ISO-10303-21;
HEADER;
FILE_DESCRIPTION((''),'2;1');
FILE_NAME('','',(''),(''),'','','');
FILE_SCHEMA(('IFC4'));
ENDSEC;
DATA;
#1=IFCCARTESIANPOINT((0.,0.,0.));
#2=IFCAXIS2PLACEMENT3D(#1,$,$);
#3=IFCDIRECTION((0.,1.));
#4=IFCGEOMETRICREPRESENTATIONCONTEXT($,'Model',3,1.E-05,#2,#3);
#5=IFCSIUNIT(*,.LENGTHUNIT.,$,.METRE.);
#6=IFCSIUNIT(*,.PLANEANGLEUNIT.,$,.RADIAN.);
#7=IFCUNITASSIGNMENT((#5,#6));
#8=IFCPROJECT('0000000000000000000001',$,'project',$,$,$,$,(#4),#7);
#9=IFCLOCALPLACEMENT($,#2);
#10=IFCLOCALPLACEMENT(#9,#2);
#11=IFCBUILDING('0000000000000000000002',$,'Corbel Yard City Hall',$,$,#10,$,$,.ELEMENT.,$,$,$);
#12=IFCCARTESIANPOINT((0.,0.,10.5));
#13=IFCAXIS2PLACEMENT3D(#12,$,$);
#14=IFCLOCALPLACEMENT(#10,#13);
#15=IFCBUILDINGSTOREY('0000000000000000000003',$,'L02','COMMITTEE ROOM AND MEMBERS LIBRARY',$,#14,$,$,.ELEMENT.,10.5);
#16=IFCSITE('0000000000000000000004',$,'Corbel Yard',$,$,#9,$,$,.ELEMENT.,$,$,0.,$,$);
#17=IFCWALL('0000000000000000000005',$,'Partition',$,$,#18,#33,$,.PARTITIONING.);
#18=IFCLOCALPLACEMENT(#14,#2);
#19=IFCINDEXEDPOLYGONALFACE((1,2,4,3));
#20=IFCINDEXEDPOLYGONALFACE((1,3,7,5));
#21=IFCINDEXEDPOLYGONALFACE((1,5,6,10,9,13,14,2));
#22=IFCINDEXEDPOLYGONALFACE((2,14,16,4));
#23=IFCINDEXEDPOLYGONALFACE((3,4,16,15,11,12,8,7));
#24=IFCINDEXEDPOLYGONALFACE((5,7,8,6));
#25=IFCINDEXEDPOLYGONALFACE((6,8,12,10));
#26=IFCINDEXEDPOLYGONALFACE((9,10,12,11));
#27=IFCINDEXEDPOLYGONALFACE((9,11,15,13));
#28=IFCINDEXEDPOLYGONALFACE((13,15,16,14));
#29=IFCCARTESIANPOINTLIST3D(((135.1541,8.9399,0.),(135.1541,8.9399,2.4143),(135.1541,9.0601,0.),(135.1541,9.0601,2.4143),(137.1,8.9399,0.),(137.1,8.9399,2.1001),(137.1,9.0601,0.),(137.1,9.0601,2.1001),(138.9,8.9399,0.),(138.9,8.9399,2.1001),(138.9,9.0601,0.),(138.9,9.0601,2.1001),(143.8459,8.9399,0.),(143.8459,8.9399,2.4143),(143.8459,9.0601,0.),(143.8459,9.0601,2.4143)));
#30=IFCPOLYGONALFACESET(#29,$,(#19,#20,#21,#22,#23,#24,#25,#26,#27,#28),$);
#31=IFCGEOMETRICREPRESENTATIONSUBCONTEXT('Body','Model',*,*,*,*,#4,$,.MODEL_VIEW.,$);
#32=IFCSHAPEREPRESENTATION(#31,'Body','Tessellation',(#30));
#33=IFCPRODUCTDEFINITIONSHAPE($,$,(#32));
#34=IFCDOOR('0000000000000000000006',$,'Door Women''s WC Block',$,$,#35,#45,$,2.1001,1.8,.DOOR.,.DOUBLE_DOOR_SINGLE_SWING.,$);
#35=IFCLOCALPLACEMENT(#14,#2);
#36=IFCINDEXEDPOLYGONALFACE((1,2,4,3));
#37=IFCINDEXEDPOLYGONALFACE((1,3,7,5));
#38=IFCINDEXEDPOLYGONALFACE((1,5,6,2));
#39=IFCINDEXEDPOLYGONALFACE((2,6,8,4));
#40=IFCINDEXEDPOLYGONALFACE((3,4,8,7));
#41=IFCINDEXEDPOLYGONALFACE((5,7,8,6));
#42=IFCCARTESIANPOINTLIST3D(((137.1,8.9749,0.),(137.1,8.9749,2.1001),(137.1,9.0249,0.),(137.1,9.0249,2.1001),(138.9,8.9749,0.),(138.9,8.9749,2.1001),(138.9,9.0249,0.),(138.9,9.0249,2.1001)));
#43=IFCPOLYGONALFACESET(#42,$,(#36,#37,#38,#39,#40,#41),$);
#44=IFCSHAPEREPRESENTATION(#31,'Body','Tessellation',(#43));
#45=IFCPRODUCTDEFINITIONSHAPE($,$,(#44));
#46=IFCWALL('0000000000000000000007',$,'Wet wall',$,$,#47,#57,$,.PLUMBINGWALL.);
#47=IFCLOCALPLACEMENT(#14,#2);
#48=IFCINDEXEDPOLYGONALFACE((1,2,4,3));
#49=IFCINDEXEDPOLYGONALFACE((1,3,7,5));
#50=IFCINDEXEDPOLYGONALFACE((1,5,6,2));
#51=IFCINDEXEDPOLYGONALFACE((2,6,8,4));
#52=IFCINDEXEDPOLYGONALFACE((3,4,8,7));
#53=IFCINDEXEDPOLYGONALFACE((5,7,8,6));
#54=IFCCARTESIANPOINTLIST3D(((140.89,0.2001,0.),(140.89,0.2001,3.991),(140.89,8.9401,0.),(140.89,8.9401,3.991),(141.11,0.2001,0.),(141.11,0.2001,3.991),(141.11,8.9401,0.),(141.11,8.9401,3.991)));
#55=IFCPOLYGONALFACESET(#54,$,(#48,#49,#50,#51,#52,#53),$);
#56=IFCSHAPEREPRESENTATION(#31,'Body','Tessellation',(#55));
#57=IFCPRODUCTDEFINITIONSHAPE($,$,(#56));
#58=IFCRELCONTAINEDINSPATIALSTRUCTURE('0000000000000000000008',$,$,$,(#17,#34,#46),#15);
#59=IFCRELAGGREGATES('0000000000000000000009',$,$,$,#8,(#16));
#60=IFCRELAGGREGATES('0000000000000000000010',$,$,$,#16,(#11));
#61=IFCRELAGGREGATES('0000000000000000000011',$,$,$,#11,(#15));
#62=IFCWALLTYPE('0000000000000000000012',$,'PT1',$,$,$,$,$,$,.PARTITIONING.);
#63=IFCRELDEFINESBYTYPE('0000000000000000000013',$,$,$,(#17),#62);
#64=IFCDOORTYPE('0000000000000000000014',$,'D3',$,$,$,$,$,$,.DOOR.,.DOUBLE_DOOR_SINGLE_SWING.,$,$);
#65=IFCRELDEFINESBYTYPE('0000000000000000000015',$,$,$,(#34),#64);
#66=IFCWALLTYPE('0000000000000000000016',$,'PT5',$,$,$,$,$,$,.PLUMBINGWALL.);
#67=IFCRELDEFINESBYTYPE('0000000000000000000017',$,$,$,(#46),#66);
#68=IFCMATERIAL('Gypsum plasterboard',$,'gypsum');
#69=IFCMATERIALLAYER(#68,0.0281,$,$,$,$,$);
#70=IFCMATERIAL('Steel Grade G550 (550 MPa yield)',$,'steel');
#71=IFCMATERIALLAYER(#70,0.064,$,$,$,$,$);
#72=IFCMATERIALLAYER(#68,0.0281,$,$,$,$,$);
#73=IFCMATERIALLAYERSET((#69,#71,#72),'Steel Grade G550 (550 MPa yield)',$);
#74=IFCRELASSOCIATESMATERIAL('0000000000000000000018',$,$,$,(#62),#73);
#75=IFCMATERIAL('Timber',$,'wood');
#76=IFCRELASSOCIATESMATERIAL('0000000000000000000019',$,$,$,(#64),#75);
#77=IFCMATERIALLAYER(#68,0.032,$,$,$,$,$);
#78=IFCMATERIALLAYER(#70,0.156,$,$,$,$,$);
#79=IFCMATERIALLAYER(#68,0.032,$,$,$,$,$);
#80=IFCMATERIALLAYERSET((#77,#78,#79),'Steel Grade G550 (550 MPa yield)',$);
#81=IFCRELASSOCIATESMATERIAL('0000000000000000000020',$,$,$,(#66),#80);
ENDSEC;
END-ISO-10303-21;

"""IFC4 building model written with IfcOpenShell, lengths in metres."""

from ifc_helpers import new_model, si_unit, direction, frame, frame_2d, origin, place, context, subcontext, project, spatial, rectangle, extrude, material, layer, layer_set, type_object, element, fill, save


model = new_model("IFC4")

# Units and contexts
model_context = context("Model", 3, precision=1e-05, world=origin(), true_north=direction((0.0, 1.0)))
body_context = subcontext(model_context, "Body", "Model", "MODEL_VIEW")
ifc_project = project(units=[si_unit("LENGTHUNIT", "METRE"), si_unit("PLANEANGLEUNIT", "RADIAN")], contexts=[model_context])

# Site, building, storey
site_placement = place(None, origin())
site = spatial("IfcSite", under=ifc_project, at=site_placement, Name="Corbel Yard", CompositionType="ELEMENT", RefElevation=0.0)
building_placement = place(site_placement, origin())
building = spatial("IfcBuilding", under=site, at=building_placement, Name="Corbel Yard City Hall", CompositionType="ELEMENT")
storey_placement = place(building_placement, frame((0.0, 0.0, 10.5)))
storey = spatial("IfcBuildingStorey", under=building, at=storey_placement, Name="L02", Description="COMMITTEE ROOM AND MEMBERS LIBRARY", CompositionType="ELEMENT", Elevation=10.5)

# Shared definitions
ifc_material_1 = material(Name="Gypsum plasterboard", Category="gypsum")

# Wall, opening, door
ifc_layer_1 = layer(ifc_material_1, 0.0281)
ifc_material_2 = material(Name="Steel Grade G550 (550 MPa yield)", Category="steel")
ifc_layer_2 = layer(ifc_material_2, 0.064)
ifc_layer_3 = layer(ifc_material_1, 0.0281)
ifc_layer_set_1 = layer_set([ifc_layer_1, ifc_layer_2, ifc_layer_3], Name="Steel Grade G550 (550 MPa yield)")
wall_type_1 = type_object("IfcWallType", Name="PT1", PredefinedType="PARTITIONING", material=ifc_layer_set_1)
wall_1_placement = place(storey_placement, frame((135.1541, 9.0, 0.0), z_axis=(0.0, 0.0, 1.0), x_axis=(1.0, 0.0, 0.0)))
wall_1 = element("IfcWall", 1, at=wall_1_placement, inside=storey, type_object=wall_type_1, Name="Partition", PredefinedType="PARTITIONING", context=body_context, shape_type="SweptSolid", body=[
    extrude(rectangle(XDim=8.6919, YDim=0.1201, at=frame_2d((4.3459, 0.0))), origin(), (0.0, 0.0, 1.0), 2.4143),
])
opening_placement = place(wall_1_placement, frame((1.946, 0.0, 0.0)))
opening = element("IfcOpeningElement", 2, at=opening_placement, cuts=wall_1, PredefinedType="OPENING", context=body_context, shape_type="SweptSolid", body=[
    extrude(rectangle(XDim=1.8, YDim=2.1001, at=frame_2d((0.8999, 1.05))), frame((0.0, 0.0701, 0.0), z_axis=(0.0, -1.0, 0.0), x_axis=(1.0, 0.0, 0.0)), (0.0, 0.0, 1.0), 0.1401),
])
ifc_material_3 = material(Name="Timber", Category="wood")
door_type = type_object("IfcDoorType", Name="D3", OperationType="DOUBLE_DOOR_SINGLE_SWING", PredefinedType="DOOR", material=ifc_material_3)
door_placement = place(opening_placement, origin())
door = element("IfcDoor", 3, at=door_placement, inside=storey, type_object=door_type, Name="Door Women's WC Block", OperationType="DOUBLE_DOOR_SINGLE_SWING", OverallHeight=2.1001, OverallWidth=1.8, PredefinedType="DOOR", context=body_context, shape_type="SweptSolid", body=[
    extrude(rectangle(XDim=1.8, YDim=2.1001, at=frame_2d((0.8999, 1.05))), frame((0.0, 0.0249, 0.0), z_axis=(0.0, -1.0, 0.0), x_axis=(1.0, 0.0, 0.0)), (0.0, 0.0, 1.0), 0.05),
])
fill(opening, door)

# Wall
ifc_layer_4 = layer(ifc_material_1, 0.032)
ifc_layer_5 = layer(ifc_material_2, 0.156)
ifc_layer_6 = layer(ifc_material_1, 0.032)
ifc_layer_set_2 = layer_set([ifc_layer_4, ifc_layer_5, ifc_layer_6], Name="Steel Grade G550 (550 MPa yield)")
wall_type_2 = type_object("IfcWallType", Name="PT5", PredefinedType="PLUMBINGWALL", material=ifc_layer_set_2)
wall_2_placement = place(storey_placement, frame((141.0, 0.2, 0.0), z_axis=(0.0, 0.0, 1.0), x_axis=(0.0, 1.0, 0.0)))
element("IfcWall", 4, at=wall_2_placement, inside=storey, type_object=wall_type_2, Name="Wet wall", PredefinedType="PLUMBINGWALL", context=body_context, shape_type="SweptSolid", body=[
    extrude(rectangle(XDim=8.74, YDim=0.22, at=frame_2d((4.3701, 0.0))), origin(), (0.0, 0.0, 1.0), 3.991),
])

save(model, "model.ifc")
